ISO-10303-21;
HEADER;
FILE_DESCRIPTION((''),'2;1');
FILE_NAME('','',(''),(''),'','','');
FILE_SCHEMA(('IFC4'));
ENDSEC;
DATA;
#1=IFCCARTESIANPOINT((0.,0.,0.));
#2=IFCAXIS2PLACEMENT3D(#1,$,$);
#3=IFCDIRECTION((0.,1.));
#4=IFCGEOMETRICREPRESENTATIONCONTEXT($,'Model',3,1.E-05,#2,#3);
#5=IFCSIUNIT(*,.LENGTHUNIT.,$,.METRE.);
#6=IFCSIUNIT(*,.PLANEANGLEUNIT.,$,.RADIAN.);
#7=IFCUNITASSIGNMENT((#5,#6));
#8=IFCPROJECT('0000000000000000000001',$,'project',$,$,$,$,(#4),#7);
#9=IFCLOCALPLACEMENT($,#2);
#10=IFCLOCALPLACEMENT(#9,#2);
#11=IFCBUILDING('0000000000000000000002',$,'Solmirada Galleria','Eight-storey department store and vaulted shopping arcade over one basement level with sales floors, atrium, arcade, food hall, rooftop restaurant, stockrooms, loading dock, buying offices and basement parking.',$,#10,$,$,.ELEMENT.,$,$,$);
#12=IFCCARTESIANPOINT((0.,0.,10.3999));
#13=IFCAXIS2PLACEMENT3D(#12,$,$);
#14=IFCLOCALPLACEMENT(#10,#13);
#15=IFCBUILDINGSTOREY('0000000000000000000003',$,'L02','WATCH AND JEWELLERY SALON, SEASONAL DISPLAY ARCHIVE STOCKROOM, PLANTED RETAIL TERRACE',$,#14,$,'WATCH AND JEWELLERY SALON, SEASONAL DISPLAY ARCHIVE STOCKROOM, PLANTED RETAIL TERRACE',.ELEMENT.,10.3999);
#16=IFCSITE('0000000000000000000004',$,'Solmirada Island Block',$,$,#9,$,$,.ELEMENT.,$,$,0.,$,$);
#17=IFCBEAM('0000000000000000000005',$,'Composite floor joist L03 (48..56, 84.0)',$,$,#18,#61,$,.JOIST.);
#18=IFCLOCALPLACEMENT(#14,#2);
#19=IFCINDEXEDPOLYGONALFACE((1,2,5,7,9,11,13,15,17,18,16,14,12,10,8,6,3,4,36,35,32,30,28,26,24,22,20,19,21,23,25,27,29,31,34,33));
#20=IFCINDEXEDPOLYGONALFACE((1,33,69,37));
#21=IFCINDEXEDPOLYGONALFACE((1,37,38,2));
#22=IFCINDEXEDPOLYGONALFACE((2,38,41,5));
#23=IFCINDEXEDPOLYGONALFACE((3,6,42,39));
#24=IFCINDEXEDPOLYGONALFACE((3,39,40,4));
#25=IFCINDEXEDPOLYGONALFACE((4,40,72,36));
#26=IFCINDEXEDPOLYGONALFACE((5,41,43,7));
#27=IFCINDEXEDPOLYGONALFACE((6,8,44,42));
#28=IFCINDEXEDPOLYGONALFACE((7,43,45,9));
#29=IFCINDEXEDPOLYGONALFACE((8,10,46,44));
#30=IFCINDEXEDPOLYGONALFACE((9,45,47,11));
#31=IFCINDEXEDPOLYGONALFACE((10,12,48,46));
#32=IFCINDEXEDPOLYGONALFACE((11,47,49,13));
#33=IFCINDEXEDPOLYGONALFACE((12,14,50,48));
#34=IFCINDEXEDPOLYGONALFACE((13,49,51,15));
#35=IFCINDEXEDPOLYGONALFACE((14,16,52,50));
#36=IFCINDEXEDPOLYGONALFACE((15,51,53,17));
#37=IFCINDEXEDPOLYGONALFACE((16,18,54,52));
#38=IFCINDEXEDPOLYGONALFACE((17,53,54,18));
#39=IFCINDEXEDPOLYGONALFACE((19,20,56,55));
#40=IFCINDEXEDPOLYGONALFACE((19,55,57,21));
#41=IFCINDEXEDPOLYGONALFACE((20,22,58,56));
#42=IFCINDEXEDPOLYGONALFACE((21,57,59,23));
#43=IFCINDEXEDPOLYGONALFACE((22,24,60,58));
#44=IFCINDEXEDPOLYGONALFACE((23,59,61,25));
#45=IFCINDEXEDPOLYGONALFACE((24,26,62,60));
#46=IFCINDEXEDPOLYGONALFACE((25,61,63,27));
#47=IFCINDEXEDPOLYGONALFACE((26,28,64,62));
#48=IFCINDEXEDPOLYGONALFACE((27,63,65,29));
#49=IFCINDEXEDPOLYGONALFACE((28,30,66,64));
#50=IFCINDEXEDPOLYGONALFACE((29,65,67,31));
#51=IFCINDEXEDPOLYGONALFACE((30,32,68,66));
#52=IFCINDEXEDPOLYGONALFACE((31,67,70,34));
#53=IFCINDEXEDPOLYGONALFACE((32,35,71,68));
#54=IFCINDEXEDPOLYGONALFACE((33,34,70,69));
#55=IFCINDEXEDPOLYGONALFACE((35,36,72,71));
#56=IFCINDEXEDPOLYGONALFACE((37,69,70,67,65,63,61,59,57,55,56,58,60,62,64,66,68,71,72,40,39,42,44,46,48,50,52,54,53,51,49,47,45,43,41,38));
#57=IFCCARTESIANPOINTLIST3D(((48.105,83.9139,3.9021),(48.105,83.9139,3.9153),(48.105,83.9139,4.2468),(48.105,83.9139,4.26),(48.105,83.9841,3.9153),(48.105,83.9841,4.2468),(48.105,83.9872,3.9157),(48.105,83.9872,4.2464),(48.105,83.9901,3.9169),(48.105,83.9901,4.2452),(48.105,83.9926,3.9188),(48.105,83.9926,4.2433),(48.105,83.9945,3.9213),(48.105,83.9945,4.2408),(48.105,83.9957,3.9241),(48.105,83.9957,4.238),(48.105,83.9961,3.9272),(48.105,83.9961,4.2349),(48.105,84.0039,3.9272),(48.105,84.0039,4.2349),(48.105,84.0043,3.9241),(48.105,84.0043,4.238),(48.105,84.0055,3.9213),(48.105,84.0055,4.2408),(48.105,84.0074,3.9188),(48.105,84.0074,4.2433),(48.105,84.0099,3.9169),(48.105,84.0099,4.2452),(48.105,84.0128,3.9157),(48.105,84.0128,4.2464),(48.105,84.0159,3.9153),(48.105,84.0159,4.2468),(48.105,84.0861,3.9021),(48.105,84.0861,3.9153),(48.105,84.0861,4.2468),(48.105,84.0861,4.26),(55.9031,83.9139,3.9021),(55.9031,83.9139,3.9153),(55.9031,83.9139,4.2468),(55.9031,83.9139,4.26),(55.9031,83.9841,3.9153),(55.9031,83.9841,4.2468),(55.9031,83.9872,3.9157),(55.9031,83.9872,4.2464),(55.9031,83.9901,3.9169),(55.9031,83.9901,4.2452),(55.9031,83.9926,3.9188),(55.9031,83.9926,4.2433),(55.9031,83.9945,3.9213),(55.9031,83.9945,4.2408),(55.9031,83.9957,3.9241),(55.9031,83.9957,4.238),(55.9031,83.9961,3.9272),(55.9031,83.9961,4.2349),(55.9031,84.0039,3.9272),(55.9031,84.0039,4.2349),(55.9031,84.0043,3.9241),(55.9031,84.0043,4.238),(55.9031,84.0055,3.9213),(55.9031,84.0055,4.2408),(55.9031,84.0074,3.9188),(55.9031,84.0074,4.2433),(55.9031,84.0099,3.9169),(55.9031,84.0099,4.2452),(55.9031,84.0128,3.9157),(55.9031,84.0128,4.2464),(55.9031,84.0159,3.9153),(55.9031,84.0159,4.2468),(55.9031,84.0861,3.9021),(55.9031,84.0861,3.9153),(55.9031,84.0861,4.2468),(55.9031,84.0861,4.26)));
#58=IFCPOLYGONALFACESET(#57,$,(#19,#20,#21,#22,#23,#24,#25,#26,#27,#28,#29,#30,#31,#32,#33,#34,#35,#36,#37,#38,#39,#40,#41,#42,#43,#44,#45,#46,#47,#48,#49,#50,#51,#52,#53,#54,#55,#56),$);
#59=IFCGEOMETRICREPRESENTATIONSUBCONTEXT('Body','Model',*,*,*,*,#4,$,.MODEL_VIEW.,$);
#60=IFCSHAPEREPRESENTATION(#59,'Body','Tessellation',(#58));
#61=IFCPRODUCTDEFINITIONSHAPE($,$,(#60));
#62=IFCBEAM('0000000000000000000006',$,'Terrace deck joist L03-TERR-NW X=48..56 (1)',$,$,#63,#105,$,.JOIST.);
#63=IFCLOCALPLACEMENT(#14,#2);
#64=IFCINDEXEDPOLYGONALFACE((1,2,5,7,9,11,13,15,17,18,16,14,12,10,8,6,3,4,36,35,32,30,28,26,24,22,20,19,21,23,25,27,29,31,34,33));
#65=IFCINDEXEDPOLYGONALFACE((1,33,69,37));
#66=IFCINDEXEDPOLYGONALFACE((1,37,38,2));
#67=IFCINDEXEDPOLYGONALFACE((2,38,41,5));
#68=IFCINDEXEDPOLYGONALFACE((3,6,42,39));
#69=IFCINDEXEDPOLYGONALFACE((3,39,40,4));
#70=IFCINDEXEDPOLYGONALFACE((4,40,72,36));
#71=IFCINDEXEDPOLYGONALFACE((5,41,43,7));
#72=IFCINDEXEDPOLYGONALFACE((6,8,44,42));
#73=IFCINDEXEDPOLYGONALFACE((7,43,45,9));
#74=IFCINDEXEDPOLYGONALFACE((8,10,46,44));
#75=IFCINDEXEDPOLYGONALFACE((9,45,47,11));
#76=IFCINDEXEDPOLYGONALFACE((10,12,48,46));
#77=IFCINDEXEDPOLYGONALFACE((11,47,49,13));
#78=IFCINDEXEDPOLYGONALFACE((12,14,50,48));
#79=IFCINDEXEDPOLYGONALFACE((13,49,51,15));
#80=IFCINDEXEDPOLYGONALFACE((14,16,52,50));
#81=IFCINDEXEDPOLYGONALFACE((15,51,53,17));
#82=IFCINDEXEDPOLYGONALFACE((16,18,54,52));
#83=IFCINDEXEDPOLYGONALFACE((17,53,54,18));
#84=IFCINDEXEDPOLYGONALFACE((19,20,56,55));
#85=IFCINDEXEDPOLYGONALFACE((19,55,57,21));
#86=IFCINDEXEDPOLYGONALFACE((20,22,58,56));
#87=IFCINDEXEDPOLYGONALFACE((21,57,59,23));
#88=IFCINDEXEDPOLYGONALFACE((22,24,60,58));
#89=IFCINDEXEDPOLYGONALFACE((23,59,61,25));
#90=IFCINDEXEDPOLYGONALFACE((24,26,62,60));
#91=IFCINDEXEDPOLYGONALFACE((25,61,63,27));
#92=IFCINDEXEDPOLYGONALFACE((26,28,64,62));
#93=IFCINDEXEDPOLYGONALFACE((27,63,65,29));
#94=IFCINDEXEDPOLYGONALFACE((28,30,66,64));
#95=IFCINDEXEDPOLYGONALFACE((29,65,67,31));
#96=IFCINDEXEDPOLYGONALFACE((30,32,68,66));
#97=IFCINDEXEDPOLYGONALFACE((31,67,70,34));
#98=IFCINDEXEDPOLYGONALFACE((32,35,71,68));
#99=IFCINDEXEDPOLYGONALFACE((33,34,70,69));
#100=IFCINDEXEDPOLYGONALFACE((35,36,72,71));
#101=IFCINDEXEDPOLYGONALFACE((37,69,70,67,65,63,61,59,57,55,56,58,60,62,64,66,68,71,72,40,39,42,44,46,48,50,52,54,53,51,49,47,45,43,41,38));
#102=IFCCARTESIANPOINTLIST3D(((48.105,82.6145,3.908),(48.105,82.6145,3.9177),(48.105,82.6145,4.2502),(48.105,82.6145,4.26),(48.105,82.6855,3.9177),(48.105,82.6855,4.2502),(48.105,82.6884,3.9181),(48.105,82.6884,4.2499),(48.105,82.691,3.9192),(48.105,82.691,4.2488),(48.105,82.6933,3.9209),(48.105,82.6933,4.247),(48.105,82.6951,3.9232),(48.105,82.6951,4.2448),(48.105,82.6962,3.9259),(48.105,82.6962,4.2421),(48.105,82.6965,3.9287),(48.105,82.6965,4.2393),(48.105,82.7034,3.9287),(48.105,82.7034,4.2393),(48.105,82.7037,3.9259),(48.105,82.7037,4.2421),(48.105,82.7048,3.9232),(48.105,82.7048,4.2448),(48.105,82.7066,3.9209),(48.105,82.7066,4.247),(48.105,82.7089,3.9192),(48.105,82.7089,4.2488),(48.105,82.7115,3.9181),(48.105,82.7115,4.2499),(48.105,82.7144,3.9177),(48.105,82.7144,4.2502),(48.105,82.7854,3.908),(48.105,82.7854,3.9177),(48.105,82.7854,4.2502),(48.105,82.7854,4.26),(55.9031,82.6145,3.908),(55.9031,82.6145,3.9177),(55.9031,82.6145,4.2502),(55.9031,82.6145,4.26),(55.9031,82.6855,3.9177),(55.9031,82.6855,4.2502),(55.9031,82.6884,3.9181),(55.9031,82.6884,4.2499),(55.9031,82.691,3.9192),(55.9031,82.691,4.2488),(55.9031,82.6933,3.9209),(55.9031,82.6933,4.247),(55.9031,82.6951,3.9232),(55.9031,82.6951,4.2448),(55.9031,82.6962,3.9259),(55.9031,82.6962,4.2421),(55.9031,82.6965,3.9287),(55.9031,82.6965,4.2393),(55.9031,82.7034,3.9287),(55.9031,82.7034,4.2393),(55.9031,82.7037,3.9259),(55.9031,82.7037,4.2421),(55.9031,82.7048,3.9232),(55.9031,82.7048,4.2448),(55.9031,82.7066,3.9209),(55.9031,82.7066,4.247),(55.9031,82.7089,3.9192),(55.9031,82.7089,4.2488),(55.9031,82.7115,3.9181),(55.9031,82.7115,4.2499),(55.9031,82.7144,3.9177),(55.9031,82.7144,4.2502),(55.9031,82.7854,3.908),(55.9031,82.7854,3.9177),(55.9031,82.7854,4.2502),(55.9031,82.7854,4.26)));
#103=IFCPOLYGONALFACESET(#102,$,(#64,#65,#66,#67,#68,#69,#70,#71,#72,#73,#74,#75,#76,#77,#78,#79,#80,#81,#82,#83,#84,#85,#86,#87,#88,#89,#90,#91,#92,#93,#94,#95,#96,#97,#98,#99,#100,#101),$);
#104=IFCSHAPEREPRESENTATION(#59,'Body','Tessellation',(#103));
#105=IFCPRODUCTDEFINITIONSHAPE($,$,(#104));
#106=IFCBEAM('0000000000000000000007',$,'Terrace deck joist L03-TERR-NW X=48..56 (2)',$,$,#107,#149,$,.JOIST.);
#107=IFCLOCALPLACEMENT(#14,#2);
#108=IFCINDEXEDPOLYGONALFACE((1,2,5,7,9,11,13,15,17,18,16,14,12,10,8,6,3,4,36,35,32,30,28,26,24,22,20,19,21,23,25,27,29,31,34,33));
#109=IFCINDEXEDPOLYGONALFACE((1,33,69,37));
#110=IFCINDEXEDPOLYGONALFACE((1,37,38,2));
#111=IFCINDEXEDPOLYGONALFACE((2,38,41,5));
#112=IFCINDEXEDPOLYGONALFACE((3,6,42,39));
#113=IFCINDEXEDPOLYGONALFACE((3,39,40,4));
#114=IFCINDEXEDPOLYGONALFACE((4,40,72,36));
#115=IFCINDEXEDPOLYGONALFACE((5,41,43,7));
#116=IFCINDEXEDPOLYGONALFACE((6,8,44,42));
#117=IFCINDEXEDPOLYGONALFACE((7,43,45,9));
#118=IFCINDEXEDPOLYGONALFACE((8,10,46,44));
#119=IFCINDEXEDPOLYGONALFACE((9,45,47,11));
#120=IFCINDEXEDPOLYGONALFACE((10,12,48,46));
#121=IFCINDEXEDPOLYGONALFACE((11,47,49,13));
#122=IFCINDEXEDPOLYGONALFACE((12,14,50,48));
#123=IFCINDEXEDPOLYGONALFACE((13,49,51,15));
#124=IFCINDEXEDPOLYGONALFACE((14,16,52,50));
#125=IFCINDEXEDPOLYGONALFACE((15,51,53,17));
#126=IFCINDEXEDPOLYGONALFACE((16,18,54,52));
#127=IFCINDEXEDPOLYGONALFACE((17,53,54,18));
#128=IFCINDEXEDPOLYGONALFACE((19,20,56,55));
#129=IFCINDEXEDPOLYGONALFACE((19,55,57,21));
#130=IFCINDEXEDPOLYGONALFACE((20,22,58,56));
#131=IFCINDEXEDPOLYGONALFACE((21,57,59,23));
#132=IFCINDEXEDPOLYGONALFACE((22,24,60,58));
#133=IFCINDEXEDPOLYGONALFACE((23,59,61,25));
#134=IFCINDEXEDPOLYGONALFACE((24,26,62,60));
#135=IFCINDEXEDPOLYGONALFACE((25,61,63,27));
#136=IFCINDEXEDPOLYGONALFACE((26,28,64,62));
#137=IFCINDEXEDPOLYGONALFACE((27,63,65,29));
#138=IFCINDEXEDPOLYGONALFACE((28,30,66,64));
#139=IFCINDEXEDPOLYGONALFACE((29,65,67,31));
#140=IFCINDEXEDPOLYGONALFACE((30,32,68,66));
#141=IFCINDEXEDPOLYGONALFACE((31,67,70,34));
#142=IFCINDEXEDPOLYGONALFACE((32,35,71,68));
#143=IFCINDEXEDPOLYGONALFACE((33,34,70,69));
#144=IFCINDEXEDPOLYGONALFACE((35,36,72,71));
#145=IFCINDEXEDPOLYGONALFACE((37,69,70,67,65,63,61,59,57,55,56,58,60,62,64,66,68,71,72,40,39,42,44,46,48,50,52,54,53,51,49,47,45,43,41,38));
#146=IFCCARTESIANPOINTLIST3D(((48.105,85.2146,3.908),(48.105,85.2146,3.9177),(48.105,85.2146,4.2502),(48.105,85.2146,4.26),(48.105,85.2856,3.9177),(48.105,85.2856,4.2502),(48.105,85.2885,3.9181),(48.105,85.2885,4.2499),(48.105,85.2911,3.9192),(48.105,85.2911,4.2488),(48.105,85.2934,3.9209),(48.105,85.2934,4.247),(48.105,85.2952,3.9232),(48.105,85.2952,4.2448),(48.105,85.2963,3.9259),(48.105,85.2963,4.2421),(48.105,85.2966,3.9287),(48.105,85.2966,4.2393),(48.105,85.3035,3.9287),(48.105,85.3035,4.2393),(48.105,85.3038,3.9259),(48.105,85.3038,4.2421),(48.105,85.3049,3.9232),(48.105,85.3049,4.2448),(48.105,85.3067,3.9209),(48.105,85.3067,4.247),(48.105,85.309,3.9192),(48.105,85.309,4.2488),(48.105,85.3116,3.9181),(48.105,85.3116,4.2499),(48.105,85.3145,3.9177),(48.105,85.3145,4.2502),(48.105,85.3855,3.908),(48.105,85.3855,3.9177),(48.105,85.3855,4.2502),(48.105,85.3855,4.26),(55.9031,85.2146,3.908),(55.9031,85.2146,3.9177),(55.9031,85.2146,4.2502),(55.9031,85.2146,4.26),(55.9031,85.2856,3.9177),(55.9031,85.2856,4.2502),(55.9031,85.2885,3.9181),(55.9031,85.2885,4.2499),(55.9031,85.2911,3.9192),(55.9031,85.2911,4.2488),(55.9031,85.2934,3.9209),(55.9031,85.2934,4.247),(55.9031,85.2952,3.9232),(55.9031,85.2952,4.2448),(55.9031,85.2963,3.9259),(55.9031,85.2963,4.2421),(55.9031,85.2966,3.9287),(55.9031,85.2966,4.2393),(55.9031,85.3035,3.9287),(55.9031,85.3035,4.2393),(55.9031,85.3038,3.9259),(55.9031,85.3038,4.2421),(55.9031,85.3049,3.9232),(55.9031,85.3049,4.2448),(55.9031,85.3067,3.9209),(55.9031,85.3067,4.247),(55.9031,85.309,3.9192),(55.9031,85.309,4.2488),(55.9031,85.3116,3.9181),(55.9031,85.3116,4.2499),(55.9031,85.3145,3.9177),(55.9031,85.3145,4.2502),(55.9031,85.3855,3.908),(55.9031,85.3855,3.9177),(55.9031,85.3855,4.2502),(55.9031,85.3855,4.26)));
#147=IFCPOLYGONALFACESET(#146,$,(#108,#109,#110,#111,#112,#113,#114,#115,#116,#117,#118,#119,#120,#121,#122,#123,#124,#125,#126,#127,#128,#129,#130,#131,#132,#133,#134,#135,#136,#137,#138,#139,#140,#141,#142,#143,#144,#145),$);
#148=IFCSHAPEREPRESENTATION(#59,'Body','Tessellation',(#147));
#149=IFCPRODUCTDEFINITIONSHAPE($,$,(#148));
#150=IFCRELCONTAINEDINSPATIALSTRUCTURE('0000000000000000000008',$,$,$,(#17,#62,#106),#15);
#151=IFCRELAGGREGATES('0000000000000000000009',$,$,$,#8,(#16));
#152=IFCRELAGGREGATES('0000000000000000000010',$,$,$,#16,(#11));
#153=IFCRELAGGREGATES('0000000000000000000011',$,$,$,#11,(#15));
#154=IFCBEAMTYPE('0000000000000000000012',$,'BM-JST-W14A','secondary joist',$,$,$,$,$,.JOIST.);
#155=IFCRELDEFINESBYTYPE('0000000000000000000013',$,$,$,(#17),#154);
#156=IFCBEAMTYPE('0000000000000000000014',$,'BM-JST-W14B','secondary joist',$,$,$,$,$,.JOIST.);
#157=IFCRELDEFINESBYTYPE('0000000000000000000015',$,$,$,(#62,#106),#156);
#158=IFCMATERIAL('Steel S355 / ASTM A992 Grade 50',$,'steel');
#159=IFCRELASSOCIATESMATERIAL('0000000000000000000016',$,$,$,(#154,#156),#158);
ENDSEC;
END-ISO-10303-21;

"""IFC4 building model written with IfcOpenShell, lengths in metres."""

from ifc_helpers import new_model, si_unit, direction, frame, origin, origin_2d, place, context, subcontext, project, spatial, i_section, extrude, material, material_profile, profile_set, type_object, element, save


model = new_model("IFC4")

# Units and contexts
model_context = context("Model", 3, precision=1e-05, world=origin(), true_north=direction((0.0, 1.0)))
body_context = subcontext(model_context, "Body", "Model", "MODEL_VIEW")
ifc_project = project(units=[si_unit("LENGTHUNIT", "METRE"), si_unit("PLANEANGLEUNIT", "RADIAN")], contexts=[model_context])

# Site, building, storey
site_placement = place(None, origin())
site = spatial("IfcSite", under=ifc_project, at=site_placement, Name="Solmirada Island Block", CompositionType="ELEMENT", RefElevation=0.0)
building_placement = place(site_placement, origin())
building = spatial("IfcBuilding", under=site, at=building_placement, Name="Solmirada Galleria", Description="Eight-storey department store and vaulted shopping arcade over one basement level with sales floors, atrium, arcade, food hall, rooftop restaurant, stockrooms, loading dock, buying offices and basement parking.", CompositionType="ELEMENT")
storey_placement = place(building_placement, frame((0.0, 0.0, 10.3999)))
storey = spatial("IfcBuildingStorey", under=building, at=storey_placement, Name="L02", Description="WATCH AND JEWELLERY SALON, SEASONAL DISPLAY ARCHIVE STOCKROOM, PLANTED RETAIL TERRACE", LongName="WATCH AND JEWELLERY SALON, SEASONAL DISPLAY ARCHIVE STOCKROOM, PLANTED RETAIL TERRACE", CompositionType="ELEMENT", Elevation=10.3999)

# Beams
ifc_material_1 = material(Name="Steel S355 / ASTM A992 Grade 50", Category="steel")
ifc_material_profile_1 = material_profile(ifc_material_1, i_section(OverallWidth=0.1721, OverallDepth=0.3579, WebThickness=0.0078, FlangeThickness=0.0132, FilletRadius=0.012, at=origin_2d()), Name="W14X38")
ifc_profile_set_1 = profile_set([ifc_material_profile_1], Name="Steel S355 / ASTM A992 Grade 50")
beam_type_1 = type_object("IfcBeamType", Name="BM-JST-W14A", Description="secondary joist", PredefinedType="JOIST", material=ifc_profile_set_1)
beam_placement = place(storey_placement, frame((48.105, 84.0, 4.0811), z_axis=(1.0, 0.0, 0.0), x_axis=(0.0, 1.0, 0.0)))
element("IfcBeam", 1, at=beam_placement, inside=storey, type_object=beam_type_1, Name="Composite floor joist L03 (48..56, 84.0)", PredefinedType="JOIST", context=body_context, shape_type="SweptSolid", body=[
    extrude(i_section(OverallWidth=0.1721, OverallDepth=0.3579, WebThickness=0.0078, FlangeThickness=0.0132, FilletRadius=0.012, at=origin_2d()), origin(), (0.0, 0.0, 1.0), 7.7981),
])
ifc_material_profile_2 = material_profile(ifc_material_1, i_section(OverallWidth=0.1709, OverallDepth=0.3521, WebThickness=0.0068, FlangeThickness=0.0098, FilletRadius=0.011, at=origin_2d()), Name="W14X30")
ifc_profile_set_2 = profile_set([ifc_material_profile_2], Name="Steel S355 / ASTM A992 Grade 50")
beam_type_2 = type_object("IfcBeamType", Name="BM-JST-W14B", Description="secondary joist", PredefinedType="JOIST", material=ifc_profile_set_2)
for number, where, z_axis, x_axis, name in (
    (2, (48.105, 82.7, 4.084), (1.0, 0.0, 0.0), (0.0, 1.0, 0.0), "Terrace deck joist L03-TERR-NW X=48..56 (1)"),
    (3, (48.105, 85.3, 4.084), (1.0, 0.0, 0.0), (0.0, 1.0, 0.0), "Terrace deck joist L03-TERR-NW X=48..56 (2)"),
):
    element("IfcBeam", number, at=place(storey_placement, frame(where, z_axis=z_axis, x_axis=x_axis)), inside=storey, type_object=beam_type_2, Name=name, PredefinedType="JOIST", context=body_context, shape_type="SweptSolid", body=[
        extrude(i_section(OverallWidth=0.1709, OverallDepth=0.3521, WebThickness=0.0068, FlangeThickness=0.0098, FilletRadius=0.011, at=origin_2d()), origin(), (0.0, 0.0, 1.0), 7.7981),
    ])

save(model, "model.ifc")
